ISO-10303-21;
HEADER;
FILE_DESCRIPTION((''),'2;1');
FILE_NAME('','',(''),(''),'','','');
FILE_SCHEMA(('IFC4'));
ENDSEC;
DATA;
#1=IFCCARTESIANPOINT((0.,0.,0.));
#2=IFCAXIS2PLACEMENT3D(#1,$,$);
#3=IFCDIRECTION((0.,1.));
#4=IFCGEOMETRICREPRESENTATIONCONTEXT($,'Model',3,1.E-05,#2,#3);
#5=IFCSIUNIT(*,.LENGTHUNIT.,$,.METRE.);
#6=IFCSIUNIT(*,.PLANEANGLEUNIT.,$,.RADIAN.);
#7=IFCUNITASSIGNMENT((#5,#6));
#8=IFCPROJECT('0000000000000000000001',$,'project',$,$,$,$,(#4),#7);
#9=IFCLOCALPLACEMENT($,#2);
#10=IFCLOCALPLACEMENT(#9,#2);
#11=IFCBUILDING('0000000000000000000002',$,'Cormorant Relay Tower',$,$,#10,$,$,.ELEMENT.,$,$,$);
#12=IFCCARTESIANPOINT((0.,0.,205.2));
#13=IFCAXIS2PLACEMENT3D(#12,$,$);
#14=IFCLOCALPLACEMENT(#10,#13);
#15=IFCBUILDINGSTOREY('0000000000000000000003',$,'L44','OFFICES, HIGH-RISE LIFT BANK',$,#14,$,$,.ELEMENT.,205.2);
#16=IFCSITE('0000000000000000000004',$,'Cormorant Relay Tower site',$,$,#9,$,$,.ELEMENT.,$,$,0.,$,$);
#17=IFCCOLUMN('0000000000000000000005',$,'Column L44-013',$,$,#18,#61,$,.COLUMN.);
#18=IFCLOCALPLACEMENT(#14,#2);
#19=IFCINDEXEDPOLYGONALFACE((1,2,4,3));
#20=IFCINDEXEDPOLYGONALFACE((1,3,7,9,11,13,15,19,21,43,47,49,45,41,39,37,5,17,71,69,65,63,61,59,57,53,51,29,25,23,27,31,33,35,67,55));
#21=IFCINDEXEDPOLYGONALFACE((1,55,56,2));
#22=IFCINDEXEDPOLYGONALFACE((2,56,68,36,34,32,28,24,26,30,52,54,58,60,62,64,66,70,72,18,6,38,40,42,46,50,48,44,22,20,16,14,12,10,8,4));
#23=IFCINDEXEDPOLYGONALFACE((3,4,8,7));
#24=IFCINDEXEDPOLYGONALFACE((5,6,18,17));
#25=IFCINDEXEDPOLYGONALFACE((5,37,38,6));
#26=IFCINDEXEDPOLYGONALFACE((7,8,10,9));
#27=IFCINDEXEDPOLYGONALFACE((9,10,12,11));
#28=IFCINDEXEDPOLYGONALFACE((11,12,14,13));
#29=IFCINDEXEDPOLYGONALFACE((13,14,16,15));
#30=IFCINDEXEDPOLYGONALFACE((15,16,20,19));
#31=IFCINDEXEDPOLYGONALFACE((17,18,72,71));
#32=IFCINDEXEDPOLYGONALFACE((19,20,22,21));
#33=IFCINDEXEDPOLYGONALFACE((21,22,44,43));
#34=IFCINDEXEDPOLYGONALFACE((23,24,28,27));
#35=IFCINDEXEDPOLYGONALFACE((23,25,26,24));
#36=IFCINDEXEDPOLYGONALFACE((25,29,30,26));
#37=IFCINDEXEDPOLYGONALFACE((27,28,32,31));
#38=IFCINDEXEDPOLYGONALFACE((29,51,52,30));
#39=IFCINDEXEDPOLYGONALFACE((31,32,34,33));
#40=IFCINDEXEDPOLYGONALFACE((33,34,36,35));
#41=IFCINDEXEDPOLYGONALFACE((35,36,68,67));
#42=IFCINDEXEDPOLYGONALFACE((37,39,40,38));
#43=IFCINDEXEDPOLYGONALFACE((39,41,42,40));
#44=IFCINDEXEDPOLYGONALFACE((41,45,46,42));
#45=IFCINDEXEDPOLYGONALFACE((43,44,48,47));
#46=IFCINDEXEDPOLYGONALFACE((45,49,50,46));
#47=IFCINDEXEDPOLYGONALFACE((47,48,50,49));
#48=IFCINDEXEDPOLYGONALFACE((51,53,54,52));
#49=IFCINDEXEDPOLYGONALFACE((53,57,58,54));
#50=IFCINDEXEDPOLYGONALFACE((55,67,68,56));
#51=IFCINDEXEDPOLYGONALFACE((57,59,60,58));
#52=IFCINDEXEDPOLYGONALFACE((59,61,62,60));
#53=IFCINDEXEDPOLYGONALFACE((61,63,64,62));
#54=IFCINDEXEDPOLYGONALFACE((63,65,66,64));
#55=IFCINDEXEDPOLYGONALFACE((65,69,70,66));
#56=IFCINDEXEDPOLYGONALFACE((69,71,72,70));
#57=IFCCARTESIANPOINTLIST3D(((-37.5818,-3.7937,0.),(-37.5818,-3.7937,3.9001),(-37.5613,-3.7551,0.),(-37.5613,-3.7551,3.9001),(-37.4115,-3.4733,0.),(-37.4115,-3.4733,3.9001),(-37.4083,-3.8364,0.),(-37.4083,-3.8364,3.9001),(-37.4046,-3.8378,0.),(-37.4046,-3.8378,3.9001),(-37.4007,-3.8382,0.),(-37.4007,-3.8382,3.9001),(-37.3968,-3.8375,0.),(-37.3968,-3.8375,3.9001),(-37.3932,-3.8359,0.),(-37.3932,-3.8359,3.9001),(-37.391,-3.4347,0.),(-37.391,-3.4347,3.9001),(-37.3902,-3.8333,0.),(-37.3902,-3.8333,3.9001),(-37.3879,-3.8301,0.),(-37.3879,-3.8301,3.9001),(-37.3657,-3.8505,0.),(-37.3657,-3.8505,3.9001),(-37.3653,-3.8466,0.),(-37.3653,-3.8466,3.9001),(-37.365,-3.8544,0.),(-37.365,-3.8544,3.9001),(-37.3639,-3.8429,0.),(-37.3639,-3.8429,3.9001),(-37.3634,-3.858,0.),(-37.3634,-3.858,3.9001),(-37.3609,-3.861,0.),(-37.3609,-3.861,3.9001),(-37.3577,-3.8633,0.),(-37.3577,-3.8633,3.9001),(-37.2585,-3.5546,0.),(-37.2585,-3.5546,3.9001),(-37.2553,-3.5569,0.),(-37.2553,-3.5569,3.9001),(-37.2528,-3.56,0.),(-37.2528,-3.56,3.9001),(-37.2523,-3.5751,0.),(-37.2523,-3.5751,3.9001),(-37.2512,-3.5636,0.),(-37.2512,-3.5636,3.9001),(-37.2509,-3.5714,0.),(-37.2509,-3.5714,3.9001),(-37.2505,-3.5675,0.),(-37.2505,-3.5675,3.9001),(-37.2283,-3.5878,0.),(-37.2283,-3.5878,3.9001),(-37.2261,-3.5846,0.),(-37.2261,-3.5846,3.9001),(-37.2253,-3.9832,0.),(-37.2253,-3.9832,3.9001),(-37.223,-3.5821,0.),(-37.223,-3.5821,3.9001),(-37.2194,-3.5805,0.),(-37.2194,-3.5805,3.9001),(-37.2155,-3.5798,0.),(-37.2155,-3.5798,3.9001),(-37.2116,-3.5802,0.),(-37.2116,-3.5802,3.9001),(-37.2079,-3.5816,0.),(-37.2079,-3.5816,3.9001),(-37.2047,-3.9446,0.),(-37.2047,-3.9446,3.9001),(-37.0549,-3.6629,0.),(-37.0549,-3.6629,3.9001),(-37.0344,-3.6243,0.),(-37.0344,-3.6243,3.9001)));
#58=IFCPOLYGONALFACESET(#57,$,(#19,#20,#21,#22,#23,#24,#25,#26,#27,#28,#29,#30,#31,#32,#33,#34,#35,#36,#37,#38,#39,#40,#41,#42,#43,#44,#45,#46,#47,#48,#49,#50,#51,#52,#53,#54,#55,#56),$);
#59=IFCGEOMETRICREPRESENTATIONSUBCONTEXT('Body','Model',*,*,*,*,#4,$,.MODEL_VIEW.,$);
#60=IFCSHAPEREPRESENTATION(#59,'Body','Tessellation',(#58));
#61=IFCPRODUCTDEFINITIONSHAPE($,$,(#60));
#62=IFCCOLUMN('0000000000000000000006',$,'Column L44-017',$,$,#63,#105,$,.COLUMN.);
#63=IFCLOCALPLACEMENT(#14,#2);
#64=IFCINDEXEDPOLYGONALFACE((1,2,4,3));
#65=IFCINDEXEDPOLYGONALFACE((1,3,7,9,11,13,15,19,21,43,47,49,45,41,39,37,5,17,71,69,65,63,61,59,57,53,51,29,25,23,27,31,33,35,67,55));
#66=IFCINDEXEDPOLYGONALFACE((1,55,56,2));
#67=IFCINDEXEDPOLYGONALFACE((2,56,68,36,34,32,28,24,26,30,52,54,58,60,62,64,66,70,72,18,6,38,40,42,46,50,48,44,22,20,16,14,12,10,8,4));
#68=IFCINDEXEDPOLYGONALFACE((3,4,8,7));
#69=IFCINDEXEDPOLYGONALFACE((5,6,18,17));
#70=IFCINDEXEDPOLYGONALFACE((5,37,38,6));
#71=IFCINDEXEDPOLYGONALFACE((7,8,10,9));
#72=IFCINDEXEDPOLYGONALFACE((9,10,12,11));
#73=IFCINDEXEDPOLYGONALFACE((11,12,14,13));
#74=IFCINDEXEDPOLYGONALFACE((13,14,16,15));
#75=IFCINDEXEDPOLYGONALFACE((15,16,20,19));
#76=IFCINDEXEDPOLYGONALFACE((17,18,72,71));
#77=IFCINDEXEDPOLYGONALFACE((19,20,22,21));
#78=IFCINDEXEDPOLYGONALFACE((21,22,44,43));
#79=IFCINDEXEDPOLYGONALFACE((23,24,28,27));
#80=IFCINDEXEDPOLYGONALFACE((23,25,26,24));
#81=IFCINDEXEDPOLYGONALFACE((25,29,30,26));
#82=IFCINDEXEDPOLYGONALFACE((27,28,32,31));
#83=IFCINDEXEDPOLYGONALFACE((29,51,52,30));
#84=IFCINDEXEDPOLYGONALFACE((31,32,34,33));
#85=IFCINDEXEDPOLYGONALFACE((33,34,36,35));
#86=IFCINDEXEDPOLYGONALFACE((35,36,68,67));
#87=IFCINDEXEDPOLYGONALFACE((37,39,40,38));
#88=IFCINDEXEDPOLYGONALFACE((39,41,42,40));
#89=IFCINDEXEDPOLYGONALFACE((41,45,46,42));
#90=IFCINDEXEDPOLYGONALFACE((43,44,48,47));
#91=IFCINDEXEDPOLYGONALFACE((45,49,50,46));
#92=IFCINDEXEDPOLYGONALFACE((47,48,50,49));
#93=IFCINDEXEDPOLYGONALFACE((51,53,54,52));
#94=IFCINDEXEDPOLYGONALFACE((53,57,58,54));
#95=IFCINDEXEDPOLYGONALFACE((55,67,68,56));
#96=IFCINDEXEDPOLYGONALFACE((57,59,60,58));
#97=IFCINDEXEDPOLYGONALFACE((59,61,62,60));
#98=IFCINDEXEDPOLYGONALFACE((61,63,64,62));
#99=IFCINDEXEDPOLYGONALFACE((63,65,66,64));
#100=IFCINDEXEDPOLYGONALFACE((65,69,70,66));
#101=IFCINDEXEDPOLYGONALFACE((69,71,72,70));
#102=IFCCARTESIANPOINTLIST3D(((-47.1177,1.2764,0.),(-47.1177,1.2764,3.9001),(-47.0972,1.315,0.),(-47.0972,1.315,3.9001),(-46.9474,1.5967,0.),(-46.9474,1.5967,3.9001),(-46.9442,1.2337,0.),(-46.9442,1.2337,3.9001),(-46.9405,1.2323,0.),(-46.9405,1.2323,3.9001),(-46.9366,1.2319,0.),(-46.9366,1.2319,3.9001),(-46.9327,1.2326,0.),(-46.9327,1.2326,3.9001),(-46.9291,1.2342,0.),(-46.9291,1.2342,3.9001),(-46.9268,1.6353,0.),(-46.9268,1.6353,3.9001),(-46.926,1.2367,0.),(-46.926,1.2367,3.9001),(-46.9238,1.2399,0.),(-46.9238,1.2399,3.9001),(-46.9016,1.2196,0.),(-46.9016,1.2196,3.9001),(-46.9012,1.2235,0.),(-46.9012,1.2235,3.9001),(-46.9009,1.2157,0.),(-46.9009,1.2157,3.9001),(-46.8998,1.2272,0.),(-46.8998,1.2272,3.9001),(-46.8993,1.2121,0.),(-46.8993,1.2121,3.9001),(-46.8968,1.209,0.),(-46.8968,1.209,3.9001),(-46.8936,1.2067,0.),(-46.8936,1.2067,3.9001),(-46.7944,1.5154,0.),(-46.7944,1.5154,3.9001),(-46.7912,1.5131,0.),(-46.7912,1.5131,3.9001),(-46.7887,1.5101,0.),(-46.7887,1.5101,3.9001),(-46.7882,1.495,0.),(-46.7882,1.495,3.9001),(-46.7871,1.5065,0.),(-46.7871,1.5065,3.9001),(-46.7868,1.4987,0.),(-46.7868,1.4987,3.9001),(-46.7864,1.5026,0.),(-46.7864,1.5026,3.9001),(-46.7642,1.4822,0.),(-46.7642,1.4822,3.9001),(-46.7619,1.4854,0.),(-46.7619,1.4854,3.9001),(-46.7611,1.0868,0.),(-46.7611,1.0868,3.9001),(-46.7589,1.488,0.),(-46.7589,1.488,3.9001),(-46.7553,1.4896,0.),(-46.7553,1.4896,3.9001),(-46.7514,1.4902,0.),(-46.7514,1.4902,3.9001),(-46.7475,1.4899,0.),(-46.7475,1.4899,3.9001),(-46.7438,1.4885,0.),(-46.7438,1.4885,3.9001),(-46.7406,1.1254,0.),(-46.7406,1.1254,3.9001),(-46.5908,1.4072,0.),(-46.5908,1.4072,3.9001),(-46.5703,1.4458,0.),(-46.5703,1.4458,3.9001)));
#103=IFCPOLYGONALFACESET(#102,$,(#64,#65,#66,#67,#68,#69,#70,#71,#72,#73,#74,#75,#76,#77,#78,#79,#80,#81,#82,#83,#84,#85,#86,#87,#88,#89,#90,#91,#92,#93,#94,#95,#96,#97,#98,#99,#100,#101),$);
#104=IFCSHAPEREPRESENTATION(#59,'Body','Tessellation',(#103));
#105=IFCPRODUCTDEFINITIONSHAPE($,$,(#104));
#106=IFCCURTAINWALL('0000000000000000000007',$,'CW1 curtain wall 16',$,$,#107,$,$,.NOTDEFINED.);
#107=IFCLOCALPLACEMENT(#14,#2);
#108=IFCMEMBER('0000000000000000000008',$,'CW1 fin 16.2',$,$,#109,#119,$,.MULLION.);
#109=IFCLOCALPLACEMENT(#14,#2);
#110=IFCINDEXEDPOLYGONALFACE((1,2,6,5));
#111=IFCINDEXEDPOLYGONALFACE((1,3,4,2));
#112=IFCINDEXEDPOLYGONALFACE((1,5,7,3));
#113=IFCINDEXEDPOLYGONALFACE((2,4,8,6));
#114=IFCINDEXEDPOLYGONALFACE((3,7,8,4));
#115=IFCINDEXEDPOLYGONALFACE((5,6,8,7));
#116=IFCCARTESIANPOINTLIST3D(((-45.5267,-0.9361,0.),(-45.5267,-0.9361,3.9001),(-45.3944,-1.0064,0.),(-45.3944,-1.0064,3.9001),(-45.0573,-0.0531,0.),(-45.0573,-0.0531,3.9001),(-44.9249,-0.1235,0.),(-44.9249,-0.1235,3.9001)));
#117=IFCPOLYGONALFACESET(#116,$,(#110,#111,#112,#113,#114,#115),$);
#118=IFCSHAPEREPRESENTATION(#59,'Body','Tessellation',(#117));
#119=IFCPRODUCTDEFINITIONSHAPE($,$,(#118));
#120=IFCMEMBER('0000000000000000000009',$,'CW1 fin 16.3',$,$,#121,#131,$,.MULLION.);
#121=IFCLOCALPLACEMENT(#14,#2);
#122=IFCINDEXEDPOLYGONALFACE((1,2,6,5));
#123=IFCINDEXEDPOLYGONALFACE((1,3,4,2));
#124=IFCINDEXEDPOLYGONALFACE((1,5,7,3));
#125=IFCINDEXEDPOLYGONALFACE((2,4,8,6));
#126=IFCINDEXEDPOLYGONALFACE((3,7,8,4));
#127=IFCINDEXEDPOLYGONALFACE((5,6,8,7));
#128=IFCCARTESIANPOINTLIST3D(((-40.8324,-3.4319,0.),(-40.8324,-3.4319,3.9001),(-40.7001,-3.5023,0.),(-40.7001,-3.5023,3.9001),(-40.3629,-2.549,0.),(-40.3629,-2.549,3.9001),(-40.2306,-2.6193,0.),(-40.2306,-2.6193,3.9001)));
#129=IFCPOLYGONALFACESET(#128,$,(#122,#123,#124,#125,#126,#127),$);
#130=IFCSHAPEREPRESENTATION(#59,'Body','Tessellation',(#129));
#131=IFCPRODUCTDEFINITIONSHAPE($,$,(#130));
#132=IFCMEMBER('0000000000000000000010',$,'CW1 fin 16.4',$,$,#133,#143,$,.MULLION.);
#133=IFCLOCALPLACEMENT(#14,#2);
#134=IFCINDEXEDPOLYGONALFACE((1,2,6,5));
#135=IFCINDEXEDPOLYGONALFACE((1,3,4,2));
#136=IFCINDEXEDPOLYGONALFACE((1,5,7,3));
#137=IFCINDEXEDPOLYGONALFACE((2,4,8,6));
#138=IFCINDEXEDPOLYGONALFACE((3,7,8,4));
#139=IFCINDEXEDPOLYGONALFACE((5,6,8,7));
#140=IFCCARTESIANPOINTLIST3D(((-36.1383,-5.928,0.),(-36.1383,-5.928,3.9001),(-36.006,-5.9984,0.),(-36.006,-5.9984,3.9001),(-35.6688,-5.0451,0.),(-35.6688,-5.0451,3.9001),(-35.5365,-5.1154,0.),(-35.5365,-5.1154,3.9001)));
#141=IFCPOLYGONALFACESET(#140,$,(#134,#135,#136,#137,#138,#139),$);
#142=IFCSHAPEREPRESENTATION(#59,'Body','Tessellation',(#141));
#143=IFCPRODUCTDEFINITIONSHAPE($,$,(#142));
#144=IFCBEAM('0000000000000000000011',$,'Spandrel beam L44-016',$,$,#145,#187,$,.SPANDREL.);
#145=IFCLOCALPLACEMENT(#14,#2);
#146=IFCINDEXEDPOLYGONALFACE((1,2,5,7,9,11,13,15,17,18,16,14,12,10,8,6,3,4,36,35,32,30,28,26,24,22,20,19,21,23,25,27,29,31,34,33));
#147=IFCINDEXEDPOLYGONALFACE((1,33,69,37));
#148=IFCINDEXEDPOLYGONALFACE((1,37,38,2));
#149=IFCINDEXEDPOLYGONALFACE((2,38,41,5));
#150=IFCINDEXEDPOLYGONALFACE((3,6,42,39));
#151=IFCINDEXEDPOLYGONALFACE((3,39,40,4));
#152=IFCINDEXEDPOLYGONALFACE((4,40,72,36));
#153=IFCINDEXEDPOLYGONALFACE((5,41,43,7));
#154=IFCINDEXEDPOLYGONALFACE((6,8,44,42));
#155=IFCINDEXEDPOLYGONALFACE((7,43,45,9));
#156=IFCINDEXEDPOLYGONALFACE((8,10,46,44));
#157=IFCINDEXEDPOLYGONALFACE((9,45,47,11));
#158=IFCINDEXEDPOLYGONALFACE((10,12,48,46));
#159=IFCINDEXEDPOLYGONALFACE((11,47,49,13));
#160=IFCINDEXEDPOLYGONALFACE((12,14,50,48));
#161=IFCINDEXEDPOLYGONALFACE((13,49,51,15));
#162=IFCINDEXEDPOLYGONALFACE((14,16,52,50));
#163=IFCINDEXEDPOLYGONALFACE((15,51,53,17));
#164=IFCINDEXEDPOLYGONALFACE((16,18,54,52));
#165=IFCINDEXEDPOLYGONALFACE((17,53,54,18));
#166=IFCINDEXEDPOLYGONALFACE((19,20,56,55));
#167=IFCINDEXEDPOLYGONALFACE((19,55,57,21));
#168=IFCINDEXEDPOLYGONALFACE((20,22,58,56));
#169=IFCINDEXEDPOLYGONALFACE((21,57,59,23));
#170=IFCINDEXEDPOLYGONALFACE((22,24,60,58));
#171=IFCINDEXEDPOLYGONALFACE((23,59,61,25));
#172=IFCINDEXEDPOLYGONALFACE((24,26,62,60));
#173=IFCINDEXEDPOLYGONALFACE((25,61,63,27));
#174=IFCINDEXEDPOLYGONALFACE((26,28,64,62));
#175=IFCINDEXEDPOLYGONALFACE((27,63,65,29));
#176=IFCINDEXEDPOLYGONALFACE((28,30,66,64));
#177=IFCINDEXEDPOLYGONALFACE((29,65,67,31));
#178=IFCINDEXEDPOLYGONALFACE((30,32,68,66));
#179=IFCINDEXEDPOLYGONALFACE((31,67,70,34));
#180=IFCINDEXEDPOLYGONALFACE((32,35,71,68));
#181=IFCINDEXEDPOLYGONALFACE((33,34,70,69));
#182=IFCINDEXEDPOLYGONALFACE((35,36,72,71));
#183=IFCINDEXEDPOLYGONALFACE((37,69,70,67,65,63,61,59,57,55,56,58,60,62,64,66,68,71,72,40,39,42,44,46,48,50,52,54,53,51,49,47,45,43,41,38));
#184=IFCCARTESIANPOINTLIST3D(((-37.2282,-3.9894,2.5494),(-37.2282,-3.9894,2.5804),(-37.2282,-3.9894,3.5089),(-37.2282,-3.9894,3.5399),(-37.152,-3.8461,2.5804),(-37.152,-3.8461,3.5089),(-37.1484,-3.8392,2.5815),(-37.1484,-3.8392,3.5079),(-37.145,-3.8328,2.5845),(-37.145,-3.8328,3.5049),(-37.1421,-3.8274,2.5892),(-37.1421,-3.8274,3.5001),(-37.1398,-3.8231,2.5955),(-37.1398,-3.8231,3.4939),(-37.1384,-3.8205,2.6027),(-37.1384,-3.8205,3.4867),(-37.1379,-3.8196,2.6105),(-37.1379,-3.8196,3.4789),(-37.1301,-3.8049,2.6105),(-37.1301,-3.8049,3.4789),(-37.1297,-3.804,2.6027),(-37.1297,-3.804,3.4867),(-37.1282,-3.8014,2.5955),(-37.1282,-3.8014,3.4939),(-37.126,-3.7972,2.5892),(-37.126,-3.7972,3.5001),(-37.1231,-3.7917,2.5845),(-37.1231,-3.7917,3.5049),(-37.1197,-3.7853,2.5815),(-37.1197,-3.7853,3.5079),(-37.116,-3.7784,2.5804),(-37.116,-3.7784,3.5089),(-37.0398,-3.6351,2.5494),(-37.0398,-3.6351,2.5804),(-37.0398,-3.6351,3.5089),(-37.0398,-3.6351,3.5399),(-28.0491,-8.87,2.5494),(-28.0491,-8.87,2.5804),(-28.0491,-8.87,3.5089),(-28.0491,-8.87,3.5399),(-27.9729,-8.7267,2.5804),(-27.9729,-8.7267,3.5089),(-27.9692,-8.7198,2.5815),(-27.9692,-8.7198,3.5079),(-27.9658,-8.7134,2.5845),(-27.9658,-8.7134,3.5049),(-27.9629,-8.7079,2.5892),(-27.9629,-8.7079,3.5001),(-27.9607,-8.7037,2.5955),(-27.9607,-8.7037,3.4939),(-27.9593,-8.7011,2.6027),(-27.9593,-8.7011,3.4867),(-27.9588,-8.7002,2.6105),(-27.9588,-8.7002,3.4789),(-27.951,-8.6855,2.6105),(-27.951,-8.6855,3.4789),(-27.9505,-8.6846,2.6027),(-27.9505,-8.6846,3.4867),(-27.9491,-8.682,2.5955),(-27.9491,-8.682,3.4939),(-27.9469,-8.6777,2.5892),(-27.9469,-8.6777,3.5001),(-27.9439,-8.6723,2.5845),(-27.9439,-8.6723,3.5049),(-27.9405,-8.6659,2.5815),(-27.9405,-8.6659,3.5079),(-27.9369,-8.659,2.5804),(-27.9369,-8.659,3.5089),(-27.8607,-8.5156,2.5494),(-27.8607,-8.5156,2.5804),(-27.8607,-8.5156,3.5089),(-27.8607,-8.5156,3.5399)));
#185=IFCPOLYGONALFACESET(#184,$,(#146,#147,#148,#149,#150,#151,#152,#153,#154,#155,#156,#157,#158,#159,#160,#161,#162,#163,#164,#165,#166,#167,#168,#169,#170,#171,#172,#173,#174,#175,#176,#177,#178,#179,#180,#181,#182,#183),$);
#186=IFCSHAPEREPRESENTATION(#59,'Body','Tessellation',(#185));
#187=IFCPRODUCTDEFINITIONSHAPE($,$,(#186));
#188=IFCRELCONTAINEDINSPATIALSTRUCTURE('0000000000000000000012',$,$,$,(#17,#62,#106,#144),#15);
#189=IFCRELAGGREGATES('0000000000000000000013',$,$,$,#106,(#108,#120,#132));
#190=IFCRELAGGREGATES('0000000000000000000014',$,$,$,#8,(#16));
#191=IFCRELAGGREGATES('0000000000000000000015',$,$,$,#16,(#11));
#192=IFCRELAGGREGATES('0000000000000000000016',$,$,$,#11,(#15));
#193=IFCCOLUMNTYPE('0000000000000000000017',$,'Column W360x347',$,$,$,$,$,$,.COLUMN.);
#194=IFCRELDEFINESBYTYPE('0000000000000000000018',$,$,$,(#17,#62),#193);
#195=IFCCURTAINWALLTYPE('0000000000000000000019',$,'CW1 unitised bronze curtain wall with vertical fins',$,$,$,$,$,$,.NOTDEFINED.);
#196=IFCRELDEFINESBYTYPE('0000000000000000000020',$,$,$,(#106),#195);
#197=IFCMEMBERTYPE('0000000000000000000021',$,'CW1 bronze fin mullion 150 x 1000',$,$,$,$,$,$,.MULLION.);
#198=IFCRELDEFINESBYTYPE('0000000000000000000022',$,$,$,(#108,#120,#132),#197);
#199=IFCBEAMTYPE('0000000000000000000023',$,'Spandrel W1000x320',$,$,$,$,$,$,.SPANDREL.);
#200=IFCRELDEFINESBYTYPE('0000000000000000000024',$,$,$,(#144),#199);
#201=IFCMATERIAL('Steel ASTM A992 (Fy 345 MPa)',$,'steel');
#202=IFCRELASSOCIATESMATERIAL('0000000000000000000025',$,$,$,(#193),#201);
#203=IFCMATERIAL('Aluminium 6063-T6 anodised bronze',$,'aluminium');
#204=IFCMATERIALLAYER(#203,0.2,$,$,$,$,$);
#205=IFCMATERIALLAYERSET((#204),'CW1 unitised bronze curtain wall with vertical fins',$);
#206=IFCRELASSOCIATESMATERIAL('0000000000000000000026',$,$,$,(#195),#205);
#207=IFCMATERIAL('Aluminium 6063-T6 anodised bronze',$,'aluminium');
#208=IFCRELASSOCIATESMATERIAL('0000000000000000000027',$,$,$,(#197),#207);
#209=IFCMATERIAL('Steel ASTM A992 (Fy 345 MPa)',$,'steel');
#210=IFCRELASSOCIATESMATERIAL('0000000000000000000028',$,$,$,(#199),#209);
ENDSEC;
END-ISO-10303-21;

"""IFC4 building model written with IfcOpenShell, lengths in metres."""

from ifc_helpers import new_model, si_unit, direction, frame, origin, origin_2d, place, context, subcontext, project, spatial, rectangle, i_section, extrude, material, layer, layer_set, material_profile, profile_set, type_object, element, aggregate, save


model = new_model("IFC4")

# Units and contexts
model_context = context("Model", 3, precision=1e-05, world=origin(), true_north=direction((0.0, 1.0)))
body_context = subcontext(model_context, "Body", "Model", "MODEL_VIEW")
ifc_project = project(units=[si_unit("LENGTHUNIT", "METRE"), si_unit("PLANEANGLEUNIT", "RADIAN")], contexts=[model_context])

# Site, building, storey
site_placement = place(None, origin())
site = spatial("IfcSite", under=ifc_project, at=site_placement, Name="Cormorant Relay Tower site", CompositionType="ELEMENT", RefElevation=0.0)
building_placement = place(site_placement, origin())
building = spatial("IfcBuilding", under=site, at=building_placement, Name="Cormorant Relay Tower", CompositionType="ELEMENT")
storey_placement = place(building_placement, frame((0.0, 0.0, 205.2)))
storey = spatial("IfcBuildingStorey", under=building, at=storey_placement, Name="L44", Description="OFFICES, HIGH-RISE LIFT BANK", CompositionType="ELEMENT", Elevation=205.2)

# Columns
ifc_material_1 = material(Name="Steel ASTM A992 (Fy 345 MPa)", Category="steel")
ifc_material_profile_1 = material_profile(ifc_material_1, i_section(OverallWidth=0.4038, OverallDepth=0.4065, WebThickness=0.0271, FlangeThickness=0.0437, FilletRadius=0.0151, at=origin_2d()), Name="W360x347")
ifc_profile_set_1 = profile_set([ifc_material_profile_1], Name="Steel ASTM A992 (Fy 345 MPa)")
column_type = type_object("IfcColumnType", Name="Column W360x347", PredefinedType="COLUMN", material=ifc_profile_set_1)
for number, where, z_axis, x_axis, name in (
    (1, (-37.3081, -3.709, 0.0), (0.0, 0.0, 1.0), (0.882948, -0.469472, 0.0), "Column L44-013"),
    (2, (-46.844, 1.3611, 0.0), (0.0, 0.0, 1.0), (0.882948, -0.469472, 0.0), "Column L44-017"),
):
    element("IfcColumn", number, at=place(storey_placement, frame(where, z_axis=z_axis, x_axis=x_axis)), inside=storey, type_object=column_type, Name=name, PredefinedType="COLUMN", context=body_context, shape_type="SweptSolid", body=[
        extrude(i_section(OverallWidth=0.4038, OverallDepth=0.4065, WebThickness=0.0271, FlangeThickness=0.0437, FilletRadius=0.0151, at=origin_2d()), origin(), (0.0, 0.0, 1.0), 3.9001),
    ])

# Curtain wall, members
ifc_material_2 = material(Name="Aluminium 6063-T6 anodised bronze", Category="aluminium")
ifc_layer_1 = layer(ifc_material_2, 0.2)
ifc_layer_set_1 = layer_set([ifc_layer_1], Name="CW1 unitised bronze curtain wall with vertical fins")
curtain_wall_type = type_object("IfcCurtainWallType", Name="CW1 unitised bronze curtain wall with vertical fins", PredefinedType="NOTDEFINED", material=ifc_layer_set_1)
curtain_wall_placement = place(storey_placement, origin())
curtain_wall = element("IfcCurtainWall", 3, at=curtain_wall_placement, inside=storey, type_object=curtain_wall_type, Name="CW1 curtain wall 16", PredefinedType="NOTDEFINED")
ifc_material_3 = material(Name="Aluminium 6063-T6 anodised bronze", Category="aluminium")
ifc_material_profile_2 = material_profile(ifc_material_3, rectangle(XDim=0.1499, YDim=1.0, at=origin_2d()), Name="AL 150x1000")
ifc_profile_set_2 = profile_set([ifc_material_profile_2], Name="Aluminium 6063-T6 anodised bronze")
member_type = type_object("IfcMemberType", Name="CW1 bronze fin mullion 150 x 1000", PredefinedType="MULLION", material=ifc_profile_set_2)
member_1_placement = place(storey_placement, frame((-45.2258, -0.5298, 0.0), z_axis=(0.0, 0.0, 1.0), x_axis=(0.882948, -0.469472, 0.0)))
member_1 = element("IfcMember", 4, at=member_1_placement, type_object=member_type, Name="CW1 fin 16.2", PredefinedType="MULLION", context=body_context, shape_type="SweptSolid", body=[
    extrude(rectangle(XDim=0.1499, YDim=1.0, at=origin_2d()), origin(), (0.0, 0.0, 1.0), 3.9001),
])
member_2_placement = place(storey_placement, frame((-40.5315, -3.0256, 0.0), z_axis=(0.0, 0.0, 1.0), x_axis=(0.882948, -0.469472, 0.0)))
member_2 = element("IfcMember", 5, at=member_2_placement, type_object=member_type, Name="CW1 fin 16.3", PredefinedType="MULLION", context=body_context, shape_type="SweptSolid", body=[
    extrude(rectangle(XDim=0.1499, YDim=1.0, at=origin_2d()), origin(), (0.0, 0.0, 1.0), 3.9001),
])
member_3_placement = place(storey_placement, frame((-35.8374, -5.5217, 0.0), z_axis=(0.0, 0.0, 1.0), x_axis=(0.882948, -0.469472, 0.0)))
member_3 = element("IfcMember", 6, at=member_3_placement, type_object=member_type, Name="CW1 fin 16.4", PredefinedType="MULLION", context=body_context, shape_type="SweptSolid", body=[
    extrude(rectangle(XDim=0.1499, YDim=1.0, at=origin_2d()), origin(), (0.0, 0.0, 1.0), 3.9001),
])

# Beam
ifc_material_4 = material(Name="Steel ASTM A992 (Fy 345 MPa)", Category="steel")
ifc_material_profile_3 = material_profile(ifc_material_4, i_section(OverallWidth=0.4014, OverallDepth=0.9905, WebThickness=0.0166, FlangeThickness=0.031, FilletRadius=0.03, at=origin_2d()), Name="W1000x320")
ifc_profile_set_3 = profile_set([ifc_material_profile_3], Name="Steel ASTM A992 (Fy 345 MPa)")
beam_type_1 = type_object("IfcBeamType", Name="Spandrel W1000x320", PredefinedType="SPANDREL", material=ifc_profile_set_3)
beam_1_placement = place(storey_placement, frame((-37.134, -3.8123, 3.0447), z_axis=(0.88295, -0.469468, 0.0), x_axis=(0.469468, 0.88295, 0.0)))
element("IfcBeam", 7, at=beam_1_placement, inside=storey, type_object=beam_type_1, Name="Spandrel beam L44-016", PredefinedType="SPANDREL", context=body_context, shape_type="SweptSolid", body=[
    extrude(i_section(OverallWidth=0.4014, OverallDepth=0.9905, WebThickness=0.0166, FlangeThickness=0.031, FilletRadius=0.03, at=origin_2d()), origin(), (0.0, 0.0, 1.0), 10.396),
])

aggregate(curtain_wall, [member_1, member_2, member_3])

save(model, "model.ifc")
